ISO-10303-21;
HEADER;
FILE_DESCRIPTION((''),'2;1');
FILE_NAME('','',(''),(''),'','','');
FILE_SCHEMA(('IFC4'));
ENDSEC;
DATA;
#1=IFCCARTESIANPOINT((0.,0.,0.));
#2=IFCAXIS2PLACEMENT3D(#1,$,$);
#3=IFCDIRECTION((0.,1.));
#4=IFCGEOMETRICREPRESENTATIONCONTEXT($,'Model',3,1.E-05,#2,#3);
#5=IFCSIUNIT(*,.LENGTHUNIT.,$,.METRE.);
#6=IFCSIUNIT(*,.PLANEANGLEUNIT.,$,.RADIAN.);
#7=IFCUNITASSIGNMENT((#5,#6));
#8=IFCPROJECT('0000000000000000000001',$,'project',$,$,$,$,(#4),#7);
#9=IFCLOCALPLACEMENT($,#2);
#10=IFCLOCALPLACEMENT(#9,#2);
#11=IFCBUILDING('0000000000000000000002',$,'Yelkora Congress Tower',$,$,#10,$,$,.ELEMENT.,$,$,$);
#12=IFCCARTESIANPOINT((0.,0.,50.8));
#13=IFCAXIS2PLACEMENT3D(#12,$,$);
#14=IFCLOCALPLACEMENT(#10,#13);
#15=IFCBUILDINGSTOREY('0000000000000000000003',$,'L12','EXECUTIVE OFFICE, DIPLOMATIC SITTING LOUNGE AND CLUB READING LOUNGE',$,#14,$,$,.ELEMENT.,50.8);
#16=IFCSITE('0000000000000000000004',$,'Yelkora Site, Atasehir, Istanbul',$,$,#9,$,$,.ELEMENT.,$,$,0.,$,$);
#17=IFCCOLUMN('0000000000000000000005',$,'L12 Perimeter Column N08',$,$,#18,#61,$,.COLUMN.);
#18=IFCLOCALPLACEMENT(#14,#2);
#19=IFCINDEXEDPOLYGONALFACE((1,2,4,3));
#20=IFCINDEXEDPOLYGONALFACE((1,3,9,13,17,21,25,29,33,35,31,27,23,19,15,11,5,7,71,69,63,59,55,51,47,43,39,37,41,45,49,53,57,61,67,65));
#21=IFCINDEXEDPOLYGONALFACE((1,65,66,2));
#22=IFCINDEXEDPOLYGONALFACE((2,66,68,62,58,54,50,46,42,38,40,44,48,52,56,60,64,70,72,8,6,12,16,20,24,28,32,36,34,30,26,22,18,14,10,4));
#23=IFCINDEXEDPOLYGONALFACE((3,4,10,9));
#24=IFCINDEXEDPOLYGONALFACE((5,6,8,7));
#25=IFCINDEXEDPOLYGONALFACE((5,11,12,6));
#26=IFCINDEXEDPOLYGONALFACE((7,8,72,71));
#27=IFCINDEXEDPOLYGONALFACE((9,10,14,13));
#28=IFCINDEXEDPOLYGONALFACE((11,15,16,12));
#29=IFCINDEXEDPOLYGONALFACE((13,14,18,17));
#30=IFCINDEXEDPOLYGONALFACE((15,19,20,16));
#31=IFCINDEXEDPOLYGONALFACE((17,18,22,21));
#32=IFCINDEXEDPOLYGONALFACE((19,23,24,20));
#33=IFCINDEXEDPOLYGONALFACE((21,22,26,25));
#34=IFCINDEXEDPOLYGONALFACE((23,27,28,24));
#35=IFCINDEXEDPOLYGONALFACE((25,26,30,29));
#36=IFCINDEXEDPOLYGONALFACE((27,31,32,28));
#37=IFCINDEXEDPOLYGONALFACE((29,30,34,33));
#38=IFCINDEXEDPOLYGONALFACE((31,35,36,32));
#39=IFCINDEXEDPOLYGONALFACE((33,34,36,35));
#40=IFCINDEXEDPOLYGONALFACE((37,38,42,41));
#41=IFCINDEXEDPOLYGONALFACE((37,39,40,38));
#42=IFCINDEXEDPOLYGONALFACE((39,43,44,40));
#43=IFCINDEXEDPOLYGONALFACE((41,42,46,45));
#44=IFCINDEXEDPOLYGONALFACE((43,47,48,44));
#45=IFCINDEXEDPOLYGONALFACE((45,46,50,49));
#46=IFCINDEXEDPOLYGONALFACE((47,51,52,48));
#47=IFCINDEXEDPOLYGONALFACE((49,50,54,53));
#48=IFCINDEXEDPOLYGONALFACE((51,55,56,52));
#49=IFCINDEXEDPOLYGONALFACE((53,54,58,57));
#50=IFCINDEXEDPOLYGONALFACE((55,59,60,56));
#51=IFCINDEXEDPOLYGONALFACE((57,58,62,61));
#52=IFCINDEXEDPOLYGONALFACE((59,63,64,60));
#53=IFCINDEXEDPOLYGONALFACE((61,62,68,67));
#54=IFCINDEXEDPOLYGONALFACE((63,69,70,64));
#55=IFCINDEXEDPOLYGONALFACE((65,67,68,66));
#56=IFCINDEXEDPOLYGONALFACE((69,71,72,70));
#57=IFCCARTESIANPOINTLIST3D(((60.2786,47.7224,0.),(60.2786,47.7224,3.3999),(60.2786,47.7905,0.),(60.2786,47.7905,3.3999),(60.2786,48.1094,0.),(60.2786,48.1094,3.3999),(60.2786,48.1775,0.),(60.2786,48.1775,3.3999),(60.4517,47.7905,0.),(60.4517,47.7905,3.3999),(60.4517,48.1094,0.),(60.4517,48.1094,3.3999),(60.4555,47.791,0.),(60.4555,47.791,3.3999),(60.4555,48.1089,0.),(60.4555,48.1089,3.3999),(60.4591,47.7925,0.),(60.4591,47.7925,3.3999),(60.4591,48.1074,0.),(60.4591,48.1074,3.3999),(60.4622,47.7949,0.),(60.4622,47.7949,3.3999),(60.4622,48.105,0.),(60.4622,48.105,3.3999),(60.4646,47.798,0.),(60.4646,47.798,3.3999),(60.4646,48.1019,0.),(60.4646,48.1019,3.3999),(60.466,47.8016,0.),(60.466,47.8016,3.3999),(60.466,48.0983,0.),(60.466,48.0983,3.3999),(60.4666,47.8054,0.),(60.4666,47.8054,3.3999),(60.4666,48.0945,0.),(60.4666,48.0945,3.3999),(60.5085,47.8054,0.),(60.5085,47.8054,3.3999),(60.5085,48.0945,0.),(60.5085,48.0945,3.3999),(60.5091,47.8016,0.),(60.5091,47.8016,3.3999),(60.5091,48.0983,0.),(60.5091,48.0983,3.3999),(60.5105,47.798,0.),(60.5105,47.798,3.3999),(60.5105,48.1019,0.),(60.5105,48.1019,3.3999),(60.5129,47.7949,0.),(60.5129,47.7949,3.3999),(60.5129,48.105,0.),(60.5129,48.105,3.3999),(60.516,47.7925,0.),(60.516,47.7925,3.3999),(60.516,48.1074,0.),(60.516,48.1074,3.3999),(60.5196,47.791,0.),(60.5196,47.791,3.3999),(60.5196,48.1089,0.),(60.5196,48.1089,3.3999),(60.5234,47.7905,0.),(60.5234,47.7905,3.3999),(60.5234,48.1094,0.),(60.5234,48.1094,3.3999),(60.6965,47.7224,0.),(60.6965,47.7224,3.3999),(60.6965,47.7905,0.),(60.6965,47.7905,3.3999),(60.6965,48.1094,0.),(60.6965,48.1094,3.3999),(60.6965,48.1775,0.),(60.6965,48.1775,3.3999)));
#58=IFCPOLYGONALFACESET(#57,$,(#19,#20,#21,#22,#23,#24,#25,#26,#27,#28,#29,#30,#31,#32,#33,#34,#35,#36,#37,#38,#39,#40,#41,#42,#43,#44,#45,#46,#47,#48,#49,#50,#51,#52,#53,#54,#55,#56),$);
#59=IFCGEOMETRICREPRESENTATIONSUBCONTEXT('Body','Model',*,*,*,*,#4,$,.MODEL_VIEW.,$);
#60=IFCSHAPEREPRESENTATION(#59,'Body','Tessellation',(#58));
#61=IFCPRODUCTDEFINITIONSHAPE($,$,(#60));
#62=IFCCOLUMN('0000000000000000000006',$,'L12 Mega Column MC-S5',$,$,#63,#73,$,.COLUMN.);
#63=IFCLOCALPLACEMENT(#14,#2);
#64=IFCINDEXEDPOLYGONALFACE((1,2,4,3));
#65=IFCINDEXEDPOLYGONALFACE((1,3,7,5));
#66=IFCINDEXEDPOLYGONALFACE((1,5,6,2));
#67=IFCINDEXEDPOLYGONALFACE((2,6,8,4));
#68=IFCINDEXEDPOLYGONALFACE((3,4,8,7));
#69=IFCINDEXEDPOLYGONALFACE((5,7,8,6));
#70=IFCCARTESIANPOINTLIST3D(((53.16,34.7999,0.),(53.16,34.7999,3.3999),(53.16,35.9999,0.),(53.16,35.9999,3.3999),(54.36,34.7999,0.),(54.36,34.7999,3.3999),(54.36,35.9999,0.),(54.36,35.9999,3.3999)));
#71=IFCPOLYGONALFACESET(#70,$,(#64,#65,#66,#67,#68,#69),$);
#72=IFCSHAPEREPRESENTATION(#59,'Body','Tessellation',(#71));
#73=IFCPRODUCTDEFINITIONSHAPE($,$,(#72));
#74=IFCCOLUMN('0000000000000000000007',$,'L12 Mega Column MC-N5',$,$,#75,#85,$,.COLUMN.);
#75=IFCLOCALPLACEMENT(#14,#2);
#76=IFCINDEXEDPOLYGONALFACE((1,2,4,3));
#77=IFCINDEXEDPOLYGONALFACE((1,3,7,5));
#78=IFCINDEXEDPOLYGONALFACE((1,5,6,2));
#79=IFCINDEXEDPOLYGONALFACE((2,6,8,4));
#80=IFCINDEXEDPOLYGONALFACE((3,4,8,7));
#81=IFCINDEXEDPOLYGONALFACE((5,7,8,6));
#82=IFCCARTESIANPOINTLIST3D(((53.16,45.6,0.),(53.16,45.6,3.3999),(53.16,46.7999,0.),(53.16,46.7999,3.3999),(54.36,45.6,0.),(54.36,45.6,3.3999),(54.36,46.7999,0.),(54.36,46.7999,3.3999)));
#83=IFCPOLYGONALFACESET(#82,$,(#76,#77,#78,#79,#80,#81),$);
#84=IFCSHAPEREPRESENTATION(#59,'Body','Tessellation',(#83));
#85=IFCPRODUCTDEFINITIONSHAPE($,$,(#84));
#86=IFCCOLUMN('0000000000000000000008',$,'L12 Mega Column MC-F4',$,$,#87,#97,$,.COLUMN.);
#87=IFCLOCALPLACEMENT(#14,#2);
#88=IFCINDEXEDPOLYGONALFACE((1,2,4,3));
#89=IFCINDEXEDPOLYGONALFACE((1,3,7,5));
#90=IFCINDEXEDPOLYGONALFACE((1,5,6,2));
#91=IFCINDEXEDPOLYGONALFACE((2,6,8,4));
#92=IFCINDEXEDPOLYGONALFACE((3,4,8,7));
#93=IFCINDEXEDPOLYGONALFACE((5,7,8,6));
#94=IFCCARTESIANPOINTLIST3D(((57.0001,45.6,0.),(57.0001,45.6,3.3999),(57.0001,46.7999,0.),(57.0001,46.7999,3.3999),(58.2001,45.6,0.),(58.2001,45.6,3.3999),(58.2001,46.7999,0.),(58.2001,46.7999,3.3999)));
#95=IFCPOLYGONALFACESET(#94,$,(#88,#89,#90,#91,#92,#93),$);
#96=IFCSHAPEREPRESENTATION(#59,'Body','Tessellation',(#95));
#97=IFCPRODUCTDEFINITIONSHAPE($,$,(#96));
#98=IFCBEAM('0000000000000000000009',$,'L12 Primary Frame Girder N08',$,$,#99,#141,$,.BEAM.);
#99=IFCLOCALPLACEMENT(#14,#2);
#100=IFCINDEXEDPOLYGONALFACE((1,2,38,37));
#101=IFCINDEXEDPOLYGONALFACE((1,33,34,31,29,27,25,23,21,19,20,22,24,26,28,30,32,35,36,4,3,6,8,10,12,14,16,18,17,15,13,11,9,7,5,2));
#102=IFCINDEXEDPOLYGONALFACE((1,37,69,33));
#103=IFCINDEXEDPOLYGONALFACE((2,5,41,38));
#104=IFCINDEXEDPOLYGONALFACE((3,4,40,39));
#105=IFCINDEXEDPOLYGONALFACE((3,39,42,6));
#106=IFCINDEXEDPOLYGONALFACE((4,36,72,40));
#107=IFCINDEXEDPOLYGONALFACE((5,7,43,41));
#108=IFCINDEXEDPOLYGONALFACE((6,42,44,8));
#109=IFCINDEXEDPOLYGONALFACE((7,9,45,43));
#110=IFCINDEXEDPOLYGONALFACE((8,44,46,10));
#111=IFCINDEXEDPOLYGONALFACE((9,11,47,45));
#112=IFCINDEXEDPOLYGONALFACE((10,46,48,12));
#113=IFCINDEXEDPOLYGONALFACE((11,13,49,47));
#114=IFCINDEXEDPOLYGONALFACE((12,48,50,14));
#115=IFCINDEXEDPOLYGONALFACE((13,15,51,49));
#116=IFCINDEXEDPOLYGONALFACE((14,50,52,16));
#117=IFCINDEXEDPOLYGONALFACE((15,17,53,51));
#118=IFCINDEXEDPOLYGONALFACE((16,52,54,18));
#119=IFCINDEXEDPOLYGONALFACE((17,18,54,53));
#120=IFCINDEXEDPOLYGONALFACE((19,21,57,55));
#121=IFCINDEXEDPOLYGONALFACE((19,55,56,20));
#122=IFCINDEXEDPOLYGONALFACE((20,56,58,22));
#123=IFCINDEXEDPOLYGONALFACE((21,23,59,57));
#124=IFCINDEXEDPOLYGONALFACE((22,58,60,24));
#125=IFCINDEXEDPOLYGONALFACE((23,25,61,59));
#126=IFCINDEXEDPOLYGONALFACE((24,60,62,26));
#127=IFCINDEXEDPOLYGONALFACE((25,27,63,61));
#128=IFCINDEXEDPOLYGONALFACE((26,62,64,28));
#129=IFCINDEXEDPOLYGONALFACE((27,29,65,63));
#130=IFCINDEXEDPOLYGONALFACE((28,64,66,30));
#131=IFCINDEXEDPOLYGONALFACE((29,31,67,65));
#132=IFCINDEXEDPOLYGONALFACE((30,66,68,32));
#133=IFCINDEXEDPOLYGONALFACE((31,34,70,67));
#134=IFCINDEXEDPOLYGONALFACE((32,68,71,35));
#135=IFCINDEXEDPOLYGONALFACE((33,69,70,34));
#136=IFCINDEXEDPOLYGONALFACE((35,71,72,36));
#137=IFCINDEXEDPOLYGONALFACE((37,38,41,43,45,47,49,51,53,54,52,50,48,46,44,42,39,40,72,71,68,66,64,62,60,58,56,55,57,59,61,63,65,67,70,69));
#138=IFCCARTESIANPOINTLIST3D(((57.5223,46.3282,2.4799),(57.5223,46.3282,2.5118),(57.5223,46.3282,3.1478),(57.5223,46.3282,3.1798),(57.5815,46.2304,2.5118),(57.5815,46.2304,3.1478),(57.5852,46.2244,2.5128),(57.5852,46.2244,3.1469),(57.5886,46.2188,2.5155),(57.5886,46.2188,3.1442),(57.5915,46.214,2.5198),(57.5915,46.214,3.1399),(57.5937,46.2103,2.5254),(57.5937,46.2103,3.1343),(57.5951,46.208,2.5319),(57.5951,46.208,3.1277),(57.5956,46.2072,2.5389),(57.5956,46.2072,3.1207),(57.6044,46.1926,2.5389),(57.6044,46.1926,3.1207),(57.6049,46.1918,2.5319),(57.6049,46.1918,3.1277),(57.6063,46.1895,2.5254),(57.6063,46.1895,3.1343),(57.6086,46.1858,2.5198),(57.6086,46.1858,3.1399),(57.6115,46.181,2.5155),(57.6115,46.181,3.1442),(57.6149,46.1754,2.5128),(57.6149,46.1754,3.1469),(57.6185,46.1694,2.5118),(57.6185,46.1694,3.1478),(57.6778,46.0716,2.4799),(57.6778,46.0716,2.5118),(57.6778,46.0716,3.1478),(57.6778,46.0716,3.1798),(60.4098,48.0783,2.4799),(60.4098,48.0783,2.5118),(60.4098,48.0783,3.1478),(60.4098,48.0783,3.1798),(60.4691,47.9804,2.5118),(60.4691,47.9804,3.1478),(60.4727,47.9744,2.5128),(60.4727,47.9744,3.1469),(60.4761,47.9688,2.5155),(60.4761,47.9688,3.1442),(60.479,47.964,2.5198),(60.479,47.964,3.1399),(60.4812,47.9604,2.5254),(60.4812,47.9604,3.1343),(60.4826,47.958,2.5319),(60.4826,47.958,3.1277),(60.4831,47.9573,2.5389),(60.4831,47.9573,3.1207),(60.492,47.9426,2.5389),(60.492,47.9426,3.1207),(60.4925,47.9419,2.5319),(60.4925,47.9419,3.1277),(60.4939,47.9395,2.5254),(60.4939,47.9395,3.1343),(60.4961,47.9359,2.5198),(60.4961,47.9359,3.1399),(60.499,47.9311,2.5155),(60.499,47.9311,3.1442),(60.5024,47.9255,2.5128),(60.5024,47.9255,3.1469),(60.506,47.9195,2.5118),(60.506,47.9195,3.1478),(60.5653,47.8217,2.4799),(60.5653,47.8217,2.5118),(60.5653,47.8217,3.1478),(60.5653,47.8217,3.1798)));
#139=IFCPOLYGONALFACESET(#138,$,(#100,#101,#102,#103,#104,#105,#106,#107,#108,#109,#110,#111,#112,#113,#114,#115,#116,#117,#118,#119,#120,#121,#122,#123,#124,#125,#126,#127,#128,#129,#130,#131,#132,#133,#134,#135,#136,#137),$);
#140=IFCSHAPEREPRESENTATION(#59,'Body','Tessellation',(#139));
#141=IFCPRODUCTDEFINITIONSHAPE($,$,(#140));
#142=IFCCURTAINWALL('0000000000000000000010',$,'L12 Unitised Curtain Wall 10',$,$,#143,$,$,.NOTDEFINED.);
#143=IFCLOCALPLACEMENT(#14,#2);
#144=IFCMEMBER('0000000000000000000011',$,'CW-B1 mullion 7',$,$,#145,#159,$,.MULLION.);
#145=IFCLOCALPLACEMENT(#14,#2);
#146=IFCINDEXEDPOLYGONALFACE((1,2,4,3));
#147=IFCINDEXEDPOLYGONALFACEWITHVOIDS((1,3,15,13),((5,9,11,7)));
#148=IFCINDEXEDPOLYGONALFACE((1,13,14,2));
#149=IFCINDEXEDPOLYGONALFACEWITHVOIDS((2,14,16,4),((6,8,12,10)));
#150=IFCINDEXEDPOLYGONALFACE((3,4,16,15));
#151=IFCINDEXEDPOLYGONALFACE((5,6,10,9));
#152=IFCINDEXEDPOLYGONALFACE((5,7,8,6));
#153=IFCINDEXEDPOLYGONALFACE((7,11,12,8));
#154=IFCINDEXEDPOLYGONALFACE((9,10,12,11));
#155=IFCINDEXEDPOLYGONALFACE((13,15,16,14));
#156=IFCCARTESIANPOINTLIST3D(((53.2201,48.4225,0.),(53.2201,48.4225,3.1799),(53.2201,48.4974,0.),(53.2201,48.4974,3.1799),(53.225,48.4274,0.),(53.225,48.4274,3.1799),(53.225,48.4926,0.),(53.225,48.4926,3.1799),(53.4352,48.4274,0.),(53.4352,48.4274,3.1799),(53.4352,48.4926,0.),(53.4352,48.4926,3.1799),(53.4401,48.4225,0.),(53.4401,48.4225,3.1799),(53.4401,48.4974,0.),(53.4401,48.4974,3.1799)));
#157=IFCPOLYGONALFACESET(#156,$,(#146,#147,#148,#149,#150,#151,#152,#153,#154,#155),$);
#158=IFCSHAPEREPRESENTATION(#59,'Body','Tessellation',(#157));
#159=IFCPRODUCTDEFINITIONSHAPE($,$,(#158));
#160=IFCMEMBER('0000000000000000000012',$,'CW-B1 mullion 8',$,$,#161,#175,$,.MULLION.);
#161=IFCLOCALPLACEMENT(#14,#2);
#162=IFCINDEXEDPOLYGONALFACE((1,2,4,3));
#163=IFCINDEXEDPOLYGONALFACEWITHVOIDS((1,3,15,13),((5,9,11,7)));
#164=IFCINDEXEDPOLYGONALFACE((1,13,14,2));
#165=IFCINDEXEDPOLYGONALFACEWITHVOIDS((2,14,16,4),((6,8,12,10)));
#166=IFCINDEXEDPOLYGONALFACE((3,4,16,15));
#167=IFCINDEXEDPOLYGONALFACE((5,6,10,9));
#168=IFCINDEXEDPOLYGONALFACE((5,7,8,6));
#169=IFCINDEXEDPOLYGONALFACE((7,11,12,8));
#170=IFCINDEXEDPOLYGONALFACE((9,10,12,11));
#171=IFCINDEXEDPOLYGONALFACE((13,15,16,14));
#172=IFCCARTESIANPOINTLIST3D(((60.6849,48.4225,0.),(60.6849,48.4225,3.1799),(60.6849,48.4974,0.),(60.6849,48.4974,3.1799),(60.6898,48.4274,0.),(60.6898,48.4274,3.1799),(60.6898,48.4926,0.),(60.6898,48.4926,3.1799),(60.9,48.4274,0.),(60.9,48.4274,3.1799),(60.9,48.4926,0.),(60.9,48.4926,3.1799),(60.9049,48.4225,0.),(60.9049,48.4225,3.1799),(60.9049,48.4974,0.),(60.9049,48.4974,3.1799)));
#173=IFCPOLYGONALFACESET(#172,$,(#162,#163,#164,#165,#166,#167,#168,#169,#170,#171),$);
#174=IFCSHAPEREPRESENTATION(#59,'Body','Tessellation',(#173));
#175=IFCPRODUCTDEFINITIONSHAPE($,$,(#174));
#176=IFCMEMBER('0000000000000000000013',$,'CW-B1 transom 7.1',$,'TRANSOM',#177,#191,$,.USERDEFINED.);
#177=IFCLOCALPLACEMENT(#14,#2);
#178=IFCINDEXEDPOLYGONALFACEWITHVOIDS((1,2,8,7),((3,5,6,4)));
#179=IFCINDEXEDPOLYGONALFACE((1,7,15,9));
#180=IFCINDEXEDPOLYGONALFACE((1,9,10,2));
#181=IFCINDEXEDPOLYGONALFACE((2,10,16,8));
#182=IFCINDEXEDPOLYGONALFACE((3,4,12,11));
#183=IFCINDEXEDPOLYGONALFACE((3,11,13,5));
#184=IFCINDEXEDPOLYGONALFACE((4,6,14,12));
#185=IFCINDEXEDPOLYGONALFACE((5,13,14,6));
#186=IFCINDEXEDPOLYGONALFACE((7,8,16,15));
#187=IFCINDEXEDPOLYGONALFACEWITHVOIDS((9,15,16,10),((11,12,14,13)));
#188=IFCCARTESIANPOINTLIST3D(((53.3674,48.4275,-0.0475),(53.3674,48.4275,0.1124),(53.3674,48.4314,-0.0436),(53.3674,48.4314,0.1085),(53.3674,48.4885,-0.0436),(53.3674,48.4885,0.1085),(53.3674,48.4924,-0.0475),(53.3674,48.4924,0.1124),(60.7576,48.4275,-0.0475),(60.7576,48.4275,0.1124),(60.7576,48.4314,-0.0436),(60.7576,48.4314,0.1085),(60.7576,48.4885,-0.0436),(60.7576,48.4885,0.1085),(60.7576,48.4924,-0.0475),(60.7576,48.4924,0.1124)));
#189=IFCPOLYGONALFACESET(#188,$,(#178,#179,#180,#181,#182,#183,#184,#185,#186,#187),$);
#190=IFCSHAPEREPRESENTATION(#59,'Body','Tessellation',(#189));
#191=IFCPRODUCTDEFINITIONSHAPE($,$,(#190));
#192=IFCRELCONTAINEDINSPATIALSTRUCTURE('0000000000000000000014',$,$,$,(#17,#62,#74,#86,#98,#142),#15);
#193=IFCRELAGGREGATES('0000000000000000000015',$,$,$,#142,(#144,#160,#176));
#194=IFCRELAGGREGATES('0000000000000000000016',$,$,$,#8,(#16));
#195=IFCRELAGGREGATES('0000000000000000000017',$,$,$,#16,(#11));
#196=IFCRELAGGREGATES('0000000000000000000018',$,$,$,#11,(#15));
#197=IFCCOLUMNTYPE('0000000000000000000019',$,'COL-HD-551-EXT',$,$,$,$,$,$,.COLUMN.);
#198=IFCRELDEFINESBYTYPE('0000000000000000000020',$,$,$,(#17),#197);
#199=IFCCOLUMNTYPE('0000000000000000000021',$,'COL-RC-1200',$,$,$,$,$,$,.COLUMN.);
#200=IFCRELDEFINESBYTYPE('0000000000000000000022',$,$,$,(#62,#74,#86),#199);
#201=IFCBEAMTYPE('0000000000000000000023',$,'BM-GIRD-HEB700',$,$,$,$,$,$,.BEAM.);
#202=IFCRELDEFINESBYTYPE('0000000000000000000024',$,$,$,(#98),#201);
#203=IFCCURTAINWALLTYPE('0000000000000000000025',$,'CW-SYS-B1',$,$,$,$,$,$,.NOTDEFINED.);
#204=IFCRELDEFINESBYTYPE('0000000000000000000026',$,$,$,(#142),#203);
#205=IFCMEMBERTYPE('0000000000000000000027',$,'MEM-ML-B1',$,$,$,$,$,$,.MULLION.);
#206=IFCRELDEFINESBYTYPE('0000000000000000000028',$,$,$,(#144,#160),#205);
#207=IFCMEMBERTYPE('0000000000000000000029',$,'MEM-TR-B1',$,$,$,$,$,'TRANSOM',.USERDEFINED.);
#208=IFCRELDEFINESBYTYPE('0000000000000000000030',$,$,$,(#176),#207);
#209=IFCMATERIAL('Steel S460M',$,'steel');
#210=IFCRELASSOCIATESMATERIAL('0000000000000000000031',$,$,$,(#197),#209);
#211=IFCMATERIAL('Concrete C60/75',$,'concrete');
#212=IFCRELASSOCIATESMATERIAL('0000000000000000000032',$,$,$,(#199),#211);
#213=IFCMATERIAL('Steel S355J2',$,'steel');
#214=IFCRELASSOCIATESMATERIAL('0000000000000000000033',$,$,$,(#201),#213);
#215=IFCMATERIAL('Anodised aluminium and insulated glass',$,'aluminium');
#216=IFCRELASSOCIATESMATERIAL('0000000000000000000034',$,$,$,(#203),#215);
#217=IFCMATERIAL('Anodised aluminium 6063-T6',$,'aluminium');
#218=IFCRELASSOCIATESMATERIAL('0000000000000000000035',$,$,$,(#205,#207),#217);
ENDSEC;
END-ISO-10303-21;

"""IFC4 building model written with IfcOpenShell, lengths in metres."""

from ifc_helpers import new_model, si_unit, direction, frame, origin, origin_2d, place, context, subcontext, project, spatial, rectangle, hollow_rectangle, i_section, extrude, material, material_profile, profile_set, type_object, element, aggregate, save


model = new_model("IFC4")

# Units and contexts
model_context = context("Model", 3, precision=1e-05, world=origin(), true_north=direction((0.0, 1.0)))
body_context = subcontext(model_context, "Body", "Model", "MODEL_VIEW")
ifc_project = project(units=[si_unit("LENGTHUNIT", "METRE"), si_unit("PLANEANGLEUNIT", "RADIAN")], contexts=[model_context])

# Site, building, storey
site_placement = place(None, origin())
site = spatial("IfcSite", under=ifc_project, at=site_placement, Name="Yelkora Site, Atasehir, Istanbul", CompositionType="ELEMENT", RefElevation=0.0)
building_placement = place(site_placement, origin())
building = spatial("IfcBuilding", under=site, at=building_placement, Name="Yelkora Congress Tower", CompositionType="ELEMENT")
storey_placement = place(building_placement, frame((0.0, 0.0, 50.8)))
storey = spatial("IfcBuildingStorey", under=building, at=storey_placement, Name="L12", Description="EXECUTIVE OFFICE, DIPLOMATIC SITTING LOUNGE AND CLUB READING LOUNGE", CompositionType="ELEMENT", Elevation=50.8)

# Columns
ifc_material_1 = material(Name="Steel S460M", Category="steel")
ifc_material_profile_1 = material_profile(ifc_material_1, i_section(OverallWidth=0.418, OverallDepth=0.4551, WebThickness=0.042, FlangeThickness=0.0681, FilletRadius=0.0149, at=origin_2d()), Name="HD 400x551")
ifc_profile_set_1 = profile_set([ifc_material_profile_1], Name="Steel S460M")
column_type_1 = type_object("IfcColumnType", Name="COL-HD-551-EXT", PredefinedType="COLUMN", material=ifc_profile_set_1)
column_placement = place(storey_placement, frame((60.4875, 47.95, 0.0), z_axis=(0.0, 0.0, 1.0), x_axis=(1.0, 0.0, 0.0)))
element("IfcColumn", 1, at=column_placement, inside=storey, type_object=column_type_1, Name="L12 Perimeter Column N08", PredefinedType="COLUMN", context=body_context, shape_type="SweptSolid", body=[
    extrude(i_section(OverallWidth=0.418, OverallDepth=0.4551, WebThickness=0.042, FlangeThickness=0.0681, FilletRadius=0.0149, at=origin_2d()), origin(), (0.0, 0.0, 1.0), 3.3999),
])
ifc_material_2 = material(Name="Concrete C60/75", Category="concrete")
ifc_material_profile_2 = material_profile(ifc_material_2, rectangle(XDim=1.2, YDim=1.2, at=origin_2d()), Name="RC 1200x1200")
ifc_profile_set_2 = profile_set([ifc_material_profile_2], Name="Concrete C60/75")
column_type_2 = type_object("IfcColumnType", Name="COL-RC-1200", PredefinedType="COLUMN", material=ifc_profile_set_2)
for number, where, z_axis, x_axis, name in (
    (2, (53.76, 35.3999, 0.0), (0.0, 0.0, 1.0), (1.0, 0.0, 0.0), "L12 Mega Column MC-S5"),
    (3, (53.76, 46.2, 0.0), (0.0, 0.0, 1.0), (1.0, 0.0, 0.0), "L12 Mega Column MC-N5"),
    (4, (57.6001, 46.2, 0.0), (0.0, 0.0, 1.0), (1.0, 0.0, 0.0), "L12 Mega Column MC-F4"),
):
    element("IfcColumn", number, at=place(storey_placement, frame(where, z_axis=z_axis, x_axis=x_axis)), inside=storey, type_object=column_type_2, Name=name, PredefinedType="COLUMN", context=body_context, shape_type="SweptSolid", body=[
        extrude(rectangle(XDim=1.2, YDim=1.2, at=origin_2d()), origin(), (0.0, 0.0, 1.0), 3.3999),
    ])

# Beam
ifc_material_3 = material(Name="Steel S355J2", Category="steel")
ifc_material_profile_3 = material_profile(ifc_material_3, i_section(OverallWidth=0.3, OverallDepth=0.7, WebThickness=0.0171, FlangeThickness=0.032, FilletRadius=0.0271, at=origin_2d()), Name="HEB 700")
ifc_profile_set_3 = profile_set([ifc_material_profile_3], Name="Steel S355J2")
beam_type = type_object("IfcBeamType", Name="BM-GIRD-HEB700", PredefinedType="BEAM", material=ifc_profile_set_3)
beam_placement = place(storey_placement, frame((60.4875, 47.95, 2.8298), z_axis=(-0.855194, -0.518308, 0.0), x_axis=(0.518308, -0.855194, 0.0)))
element("IfcBeam", 5, at=beam_placement, inside=storey, type_object=beam_type, Name="L12 Primary Frame Girder N08", PredefinedType="BEAM", context=body_context, shape_type="SweptSolid", body=[
    extrude(i_section(OverallWidth=0.3, OverallDepth=0.7, WebThickness=0.0171, FlangeThickness=0.032, FilletRadius=0.0271, at=origin_2d()), origin(), (0.0, 0.0, 1.0), 3.3765),
])

# Curtain wall, members
ifc_material_4 = material(Name="Anodised aluminium and insulated glass", Category="aluminium")
curtain_wall_type = type_object("IfcCurtainWallType", Name="CW-SYS-B1", PredefinedType="NOTDEFINED", material=ifc_material_4)
curtain_wall_placement = place(storey_placement, origin())
curtain_wall = element("IfcCurtainWall", 6, at=curtain_wall_placement, inside=storey, type_object=curtain_wall_type, Name="L12 Unitised Curtain Wall 10", PredefinedType="NOTDEFINED")
ifc_material_5 = material(Name="Anodised aluminium 6063-T6", Category="aluminium")
ifc_material_profile_4 = material_profile(ifc_material_5, hollow_rectangle(XDim=0.075, YDim=0.22, WallThickness=0.0049, at=origin_2d()), Name="ALU 75x220x5")
ifc_profile_set_4 = profile_set([ifc_material_profile_4], Name="Anodised aluminium 6063-T6")
member_type_1 = type_object("IfcMemberType", Name="MEM-ML-B1", PredefinedType="MULLION", material=ifc_profile_set_4)
member_1_placement = place(storey_placement, frame((53.3301, 48.46, 0.0), z_axis=(0.0, 0.0, 1.0), x_axis=(0.0, 1.0, 0.0)))
member_1 = element("IfcMember", 7, at=member_1_placement, type_object=member_type_1, Name="CW-B1 mullion 7", PredefinedType="MULLION", context=body_context, shape_type="SweptSolid", body=[
    extrude(hollow_rectangle(XDim=0.075, YDim=0.22, WallThickness=0.0049, at=origin_2d()), origin(), (0.0, 0.0, 1.0), 3.1799),
])
member_2_placement = place(storey_placement, frame((60.7949, 48.46, 0.0), z_axis=(0.0, 0.0, 1.0), x_axis=(0.0, 1.0, 0.0)))
member_2 = element("IfcMember", 8, at=member_2_placement, type_object=member_type_1, Name="CW-B1 mullion 8", PredefinedType="MULLION", context=body_context, shape_type="SweptSolid", body=[
    extrude(hollow_rectangle(XDim=0.075, YDim=0.22, WallThickness=0.0049, at=origin_2d()), origin(), (0.0, 0.0, 1.0), 3.1799),
])
ifc_material_profile_5 = material_profile(ifc_material_5, hollow_rectangle(XDim=0.0649, YDim=0.1599, WallThickness=0.0039, at=origin_2d()), Name="ALU 65x160x4")
ifc_profile_set_5 = profile_set([ifc_material_profile_5], Name="Anodised aluminium 6063-T6")
member_type_2 = type_object("IfcMemberType", Name="MEM-TR-B1", ElementType="TRANSOM", PredefinedType="USERDEFINED", material=ifc_profile_set_5)
member_3_placement = place(storey_placement, frame((53.3674, 48.46, 0.0325), z_axis=(1.0, 0.0, 0.0), x_axis=(0.0, 1.0, 0.0)))
member_3 = element("IfcMember", 9, at=member_3_placement, type_object=member_type_2, Name="CW-B1 transom 7.1", ObjectType="TRANSOM", PredefinedType="USERDEFINED", context=body_context, shape_type="SweptSolid", body=[
    extrude(hollow_rectangle(XDim=0.0649, YDim=0.1599, WallThickness=0.0039, at=origin_2d()), origin(), (0.0, 0.0, 1.0), 7.3901),
])
aggregate(curtain_wall, [member_1, member_2, member_3])

save(model, "model.ifc")
